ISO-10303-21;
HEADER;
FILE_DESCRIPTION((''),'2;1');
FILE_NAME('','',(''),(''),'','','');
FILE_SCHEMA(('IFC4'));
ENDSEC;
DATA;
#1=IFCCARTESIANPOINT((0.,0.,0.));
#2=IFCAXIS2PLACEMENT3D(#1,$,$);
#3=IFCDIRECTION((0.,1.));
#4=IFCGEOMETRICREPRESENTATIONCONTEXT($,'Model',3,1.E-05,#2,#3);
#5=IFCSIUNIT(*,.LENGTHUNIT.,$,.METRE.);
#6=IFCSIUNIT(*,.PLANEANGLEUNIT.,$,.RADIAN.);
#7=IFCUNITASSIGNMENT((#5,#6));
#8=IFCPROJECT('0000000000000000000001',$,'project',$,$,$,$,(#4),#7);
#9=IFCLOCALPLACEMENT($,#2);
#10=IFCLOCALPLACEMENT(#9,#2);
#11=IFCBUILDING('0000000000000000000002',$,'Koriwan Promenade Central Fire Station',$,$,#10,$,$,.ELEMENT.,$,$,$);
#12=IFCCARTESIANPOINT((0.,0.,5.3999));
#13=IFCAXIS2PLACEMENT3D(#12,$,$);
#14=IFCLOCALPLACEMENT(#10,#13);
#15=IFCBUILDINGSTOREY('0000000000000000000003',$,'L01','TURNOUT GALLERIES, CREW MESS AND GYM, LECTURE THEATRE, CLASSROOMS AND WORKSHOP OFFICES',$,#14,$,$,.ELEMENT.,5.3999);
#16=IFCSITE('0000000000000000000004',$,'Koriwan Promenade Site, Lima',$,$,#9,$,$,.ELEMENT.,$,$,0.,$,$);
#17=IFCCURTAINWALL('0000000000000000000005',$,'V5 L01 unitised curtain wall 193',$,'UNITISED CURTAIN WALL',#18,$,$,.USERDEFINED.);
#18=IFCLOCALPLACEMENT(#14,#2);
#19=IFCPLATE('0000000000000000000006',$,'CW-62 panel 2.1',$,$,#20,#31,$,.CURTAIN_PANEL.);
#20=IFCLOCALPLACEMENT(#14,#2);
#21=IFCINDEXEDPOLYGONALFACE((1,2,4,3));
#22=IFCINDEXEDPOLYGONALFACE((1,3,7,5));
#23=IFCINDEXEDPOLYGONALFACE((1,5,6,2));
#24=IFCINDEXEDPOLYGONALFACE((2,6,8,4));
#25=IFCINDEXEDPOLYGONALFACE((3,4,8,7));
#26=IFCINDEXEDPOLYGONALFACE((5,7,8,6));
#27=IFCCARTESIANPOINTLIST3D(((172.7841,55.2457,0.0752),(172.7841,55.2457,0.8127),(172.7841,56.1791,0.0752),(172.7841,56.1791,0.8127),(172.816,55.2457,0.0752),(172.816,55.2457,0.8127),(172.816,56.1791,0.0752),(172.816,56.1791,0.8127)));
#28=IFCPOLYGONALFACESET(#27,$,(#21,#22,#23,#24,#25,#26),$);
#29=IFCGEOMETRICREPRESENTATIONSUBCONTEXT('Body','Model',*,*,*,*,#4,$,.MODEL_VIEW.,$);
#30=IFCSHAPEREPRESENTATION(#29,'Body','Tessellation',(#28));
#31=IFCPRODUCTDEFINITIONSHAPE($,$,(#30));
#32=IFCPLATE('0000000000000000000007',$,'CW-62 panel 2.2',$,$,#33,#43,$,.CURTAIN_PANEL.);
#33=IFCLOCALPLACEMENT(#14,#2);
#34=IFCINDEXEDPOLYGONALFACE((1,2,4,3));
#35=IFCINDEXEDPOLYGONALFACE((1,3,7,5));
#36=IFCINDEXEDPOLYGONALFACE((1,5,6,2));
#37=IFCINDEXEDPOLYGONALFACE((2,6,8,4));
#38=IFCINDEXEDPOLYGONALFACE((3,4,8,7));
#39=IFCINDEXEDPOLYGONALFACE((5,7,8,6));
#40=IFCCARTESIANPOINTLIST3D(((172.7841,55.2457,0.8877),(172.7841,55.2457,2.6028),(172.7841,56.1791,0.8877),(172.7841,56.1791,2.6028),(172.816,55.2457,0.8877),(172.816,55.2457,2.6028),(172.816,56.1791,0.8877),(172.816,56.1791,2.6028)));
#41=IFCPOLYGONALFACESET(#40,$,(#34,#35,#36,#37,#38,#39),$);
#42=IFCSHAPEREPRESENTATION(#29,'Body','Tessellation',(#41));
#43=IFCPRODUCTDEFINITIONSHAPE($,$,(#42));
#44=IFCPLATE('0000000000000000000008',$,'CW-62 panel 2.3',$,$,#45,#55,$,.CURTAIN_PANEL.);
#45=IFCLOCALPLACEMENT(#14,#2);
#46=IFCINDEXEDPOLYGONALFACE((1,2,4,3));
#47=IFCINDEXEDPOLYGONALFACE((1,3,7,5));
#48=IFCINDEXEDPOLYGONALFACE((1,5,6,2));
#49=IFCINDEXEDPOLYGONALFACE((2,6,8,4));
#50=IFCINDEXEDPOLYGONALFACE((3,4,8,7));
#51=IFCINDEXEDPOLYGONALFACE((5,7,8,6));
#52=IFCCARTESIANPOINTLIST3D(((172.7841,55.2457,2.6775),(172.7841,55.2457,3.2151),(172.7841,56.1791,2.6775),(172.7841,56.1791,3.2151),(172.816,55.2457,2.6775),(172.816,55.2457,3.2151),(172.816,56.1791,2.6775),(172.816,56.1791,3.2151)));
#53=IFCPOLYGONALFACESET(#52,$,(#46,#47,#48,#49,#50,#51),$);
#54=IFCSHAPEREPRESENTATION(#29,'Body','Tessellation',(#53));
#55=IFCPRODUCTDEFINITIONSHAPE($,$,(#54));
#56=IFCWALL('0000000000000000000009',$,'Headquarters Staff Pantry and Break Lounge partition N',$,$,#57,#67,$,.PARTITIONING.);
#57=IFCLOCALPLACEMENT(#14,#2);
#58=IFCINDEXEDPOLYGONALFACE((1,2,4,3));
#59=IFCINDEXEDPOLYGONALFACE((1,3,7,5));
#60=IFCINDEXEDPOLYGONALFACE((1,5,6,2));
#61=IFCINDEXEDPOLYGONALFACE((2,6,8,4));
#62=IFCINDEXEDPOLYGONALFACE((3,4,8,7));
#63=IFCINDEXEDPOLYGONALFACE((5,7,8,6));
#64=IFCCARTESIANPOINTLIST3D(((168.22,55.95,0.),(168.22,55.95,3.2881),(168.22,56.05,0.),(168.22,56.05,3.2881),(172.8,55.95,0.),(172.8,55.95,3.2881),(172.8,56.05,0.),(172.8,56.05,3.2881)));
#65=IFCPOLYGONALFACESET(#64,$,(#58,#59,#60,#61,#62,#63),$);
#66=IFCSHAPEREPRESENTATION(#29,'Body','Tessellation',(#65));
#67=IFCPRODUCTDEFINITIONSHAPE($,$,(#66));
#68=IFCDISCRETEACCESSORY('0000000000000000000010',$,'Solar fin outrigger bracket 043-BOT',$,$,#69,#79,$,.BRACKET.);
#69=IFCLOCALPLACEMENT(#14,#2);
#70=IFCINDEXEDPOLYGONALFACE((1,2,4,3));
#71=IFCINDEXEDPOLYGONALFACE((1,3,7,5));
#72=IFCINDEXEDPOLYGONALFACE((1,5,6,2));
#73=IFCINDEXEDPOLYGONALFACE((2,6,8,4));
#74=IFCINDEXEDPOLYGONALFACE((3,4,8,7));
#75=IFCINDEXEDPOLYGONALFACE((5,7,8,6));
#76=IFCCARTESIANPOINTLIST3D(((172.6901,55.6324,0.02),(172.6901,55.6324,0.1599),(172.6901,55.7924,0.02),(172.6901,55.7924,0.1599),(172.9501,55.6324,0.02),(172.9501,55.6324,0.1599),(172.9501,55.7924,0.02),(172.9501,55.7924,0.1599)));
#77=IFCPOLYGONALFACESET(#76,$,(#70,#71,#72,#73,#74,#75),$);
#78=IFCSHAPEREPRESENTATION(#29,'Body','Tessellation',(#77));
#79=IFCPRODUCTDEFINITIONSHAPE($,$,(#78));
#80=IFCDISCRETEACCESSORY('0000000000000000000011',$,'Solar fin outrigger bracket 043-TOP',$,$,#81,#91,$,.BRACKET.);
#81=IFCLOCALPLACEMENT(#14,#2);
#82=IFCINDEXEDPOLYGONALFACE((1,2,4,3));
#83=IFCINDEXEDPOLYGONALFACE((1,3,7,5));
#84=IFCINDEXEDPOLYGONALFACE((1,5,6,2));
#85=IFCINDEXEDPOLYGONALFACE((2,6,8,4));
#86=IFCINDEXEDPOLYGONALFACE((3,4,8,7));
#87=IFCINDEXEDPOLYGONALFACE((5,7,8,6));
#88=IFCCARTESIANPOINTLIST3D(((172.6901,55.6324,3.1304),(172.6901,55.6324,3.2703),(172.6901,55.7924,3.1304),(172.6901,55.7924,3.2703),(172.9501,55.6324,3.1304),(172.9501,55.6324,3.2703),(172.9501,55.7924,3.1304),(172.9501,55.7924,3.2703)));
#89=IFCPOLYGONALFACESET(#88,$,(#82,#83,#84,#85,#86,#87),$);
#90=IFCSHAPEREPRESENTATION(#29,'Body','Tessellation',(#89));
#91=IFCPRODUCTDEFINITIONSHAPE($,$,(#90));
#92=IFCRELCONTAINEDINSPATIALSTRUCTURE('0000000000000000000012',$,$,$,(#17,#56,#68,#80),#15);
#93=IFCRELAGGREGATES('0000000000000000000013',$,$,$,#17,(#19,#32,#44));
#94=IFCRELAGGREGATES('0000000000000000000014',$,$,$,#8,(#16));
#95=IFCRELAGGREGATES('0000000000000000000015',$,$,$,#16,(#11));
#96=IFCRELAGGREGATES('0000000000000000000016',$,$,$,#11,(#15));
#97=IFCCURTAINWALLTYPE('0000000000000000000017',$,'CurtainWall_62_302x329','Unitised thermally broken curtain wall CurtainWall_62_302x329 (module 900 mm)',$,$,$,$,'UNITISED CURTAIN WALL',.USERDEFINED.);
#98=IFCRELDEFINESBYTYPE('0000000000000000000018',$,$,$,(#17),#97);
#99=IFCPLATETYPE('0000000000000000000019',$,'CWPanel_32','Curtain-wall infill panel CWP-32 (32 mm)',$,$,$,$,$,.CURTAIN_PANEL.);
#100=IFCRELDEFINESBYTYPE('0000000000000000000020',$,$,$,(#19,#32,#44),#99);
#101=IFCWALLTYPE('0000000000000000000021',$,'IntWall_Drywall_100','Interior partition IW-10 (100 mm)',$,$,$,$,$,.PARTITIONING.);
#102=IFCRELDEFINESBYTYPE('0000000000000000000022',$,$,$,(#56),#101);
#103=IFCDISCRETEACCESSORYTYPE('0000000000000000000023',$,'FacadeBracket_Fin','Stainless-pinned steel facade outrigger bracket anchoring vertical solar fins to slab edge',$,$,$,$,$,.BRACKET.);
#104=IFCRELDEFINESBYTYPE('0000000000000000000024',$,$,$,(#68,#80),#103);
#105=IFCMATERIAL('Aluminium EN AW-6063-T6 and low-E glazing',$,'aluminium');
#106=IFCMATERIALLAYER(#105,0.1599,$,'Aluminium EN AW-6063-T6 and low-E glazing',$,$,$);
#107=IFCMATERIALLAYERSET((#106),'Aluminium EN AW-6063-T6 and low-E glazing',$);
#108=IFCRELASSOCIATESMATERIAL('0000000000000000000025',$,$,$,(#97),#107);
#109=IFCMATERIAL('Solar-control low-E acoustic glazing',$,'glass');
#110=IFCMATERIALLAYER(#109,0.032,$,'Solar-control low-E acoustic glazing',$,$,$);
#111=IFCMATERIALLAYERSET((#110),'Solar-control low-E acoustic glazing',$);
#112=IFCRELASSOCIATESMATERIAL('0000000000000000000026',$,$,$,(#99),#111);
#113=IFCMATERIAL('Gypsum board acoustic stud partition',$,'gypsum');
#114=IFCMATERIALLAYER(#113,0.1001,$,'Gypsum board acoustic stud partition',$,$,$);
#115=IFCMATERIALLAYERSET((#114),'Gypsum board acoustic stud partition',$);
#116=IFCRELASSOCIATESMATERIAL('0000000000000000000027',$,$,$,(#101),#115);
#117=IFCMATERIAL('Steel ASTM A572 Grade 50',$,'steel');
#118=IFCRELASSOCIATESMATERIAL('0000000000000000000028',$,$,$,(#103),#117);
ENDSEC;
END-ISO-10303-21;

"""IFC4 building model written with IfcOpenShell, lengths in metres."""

from ifc_helpers import new_model, si_unit, direction, frame, frame_2d, origin, origin_2d, place, context, subcontext, project, spatial, rectangle, extrude, material, layer, layer_set, type_object, element, aggregate, save


model = new_model("IFC4")

# Units and contexts
model_context = context("Model", 3, precision=1e-05, world=origin(), true_north=direction((0.0, 1.0)))
body_context = subcontext(model_context, "Body", "Model", "MODEL_VIEW")
ifc_project = project(units=[si_unit("LENGTHUNIT", "METRE"), si_unit("PLANEANGLEUNIT", "RADIAN")], contexts=[model_context])

# Site, building, storey
site_placement = place(None, origin())
site = spatial("IfcSite", under=ifc_project, at=site_placement, Name="Koriwan Promenade Site, Lima", CompositionType="ELEMENT", RefElevation=0.0)
building_placement = place(site_placement, origin())
building = spatial("IfcBuilding", under=site, at=building_placement, Name="Koriwan Promenade Central Fire Station", CompositionType="ELEMENT")
storey_placement = place(building_placement, frame((0.0, 0.0, 5.3999)))
storey = spatial("IfcBuildingStorey", under=building, at=storey_placement, Name="L01", Description="TURNOUT GALLERIES, CREW MESS AND GYM, LECTURE THEATRE, CLASSROOMS AND WORKSHOP OFFICES", CompositionType="ELEMENT", Elevation=5.3999)

# Shared definitions
ifc_material_1 = material(Name="Aluminium EN AW-6063-T6 and low-E glazing", Category="aluminium")

# Curtain wall
ifc_layer_1 = layer(ifc_material_1, 0.1599, Name="Aluminium EN AW-6063-T6 and low-E glazing")
ifc_layer_set_1 = layer_set([ifc_layer_1], Name="Aluminium EN AW-6063-T6 and low-E glazing")
curtain_wall_type_1 = type_object("IfcCurtainWallType", Name="CurtainWall_62_302x329", Description="Unitised thermally broken curtain wall CurtainWall_62_302x329 (module 900 mm)", ElementType="UNITISED CURTAIN WALL", PredefinedType="USERDEFINED", material=ifc_layer_set_1)
curtain_wall_1_placement = place(storey_placement, origin())
curtain_wall_1 = element("IfcCurtainWall", 1, at=curtain_wall_1_placement, inside=storey, type_object=curtain_wall_type_1, Name="V5 L01 unitised curtain wall 193", ObjectType="UNITISED CURTAIN WALL", PredefinedType="USERDEFINED")

# Plates
ifc_material_2 = material(Name="Solar-control low-E acoustic glazing", Category="glass")
ifc_layer_2 = layer(ifc_material_2, 0.032, Name="Solar-control low-E acoustic glazing")
ifc_layer_set_2 = layer_set([ifc_layer_2], Name="Solar-control low-E acoustic glazing")
plate_type = type_object("IfcPlateType", Name="CWPanel_32", Description="Curtain-wall infill panel CWP-32 (32 mm)", PredefinedType="CURTAIN_PANEL", material=ifc_layer_set_2)
plate_1_placement = place(storey_placement, frame((172.8, 55.7124, 0.0752), z_axis=(0.0, 0.0, 1.0), x_axis=(0.0, -1.0, 0.0)))
plate_1 = element("IfcPlate", 2, at=plate_1_placement, type_object=plate_type, Name="CW-62 panel 2.1", PredefinedType="CURTAIN_PANEL", context=body_context, shape_type="SweptSolid", body=[
    extrude(rectangle(XDim=0.9333, YDim=0.032, at=origin_2d()), origin(), (0.0, 0.0, 1.0), 0.7375),
])
plate_2_placement = place(storey_placement, frame((172.8, 55.7124, 0.8877), z_axis=(0.0, 0.0, 1.0), x_axis=(0.0, -1.0, 0.0)))
plate_2 = element("IfcPlate", 3, at=plate_2_placement, type_object=plate_type, Name="CW-62 panel 2.2", PredefinedType="CURTAIN_PANEL", context=body_context, shape_type="SweptSolid", body=[
    extrude(rectangle(XDim=0.9333, YDim=0.032, at=origin_2d()), origin(), (0.0, 0.0, 1.0), 1.7151),
])
plate_3_placement = place(storey_placement, frame((172.8, 55.7124, 2.6775), z_axis=(0.0, 0.0, 1.0), x_axis=(0.0, -1.0, 0.0)))
plate_3 = element("IfcPlate", 4, at=plate_3_placement, type_object=plate_type, Name="CW-62 panel 2.3", PredefinedType="CURTAIN_PANEL", context=body_context, shape_type="SweptSolid", body=[
    extrude(rectangle(XDim=0.9333, YDim=0.032, at=origin_2d()), origin(), (0.0, 0.0, 1.0), 0.5376),
])
aggregate(curtain_wall_1, [plate_1, plate_2, plate_3])

# Wall
ifc_material_3 = material(Name="Gypsum board acoustic stud partition", Category="gypsum")
ifc_layer_3 = layer(ifc_material_3, 0.1001, Name="Gypsum board acoustic stud partition")
ifc_layer_set_3 = layer_set([ifc_layer_3], Name="Gypsum board acoustic stud partition")
wall_type = type_object("IfcWallType", Name="IntWall_Drywall_100", Description="Interior partition IW-10 (100 mm)", PredefinedType="PARTITIONING", material=ifc_layer_set_3)
wall_placement = place(storey_placement, frame((168.22, 56.0, 0.0), z_axis=(0.0, 0.0, 1.0), x_axis=(1.0, 0.0, 0.0)))
element("IfcWall", 5, at=wall_placement, inside=storey, type_object=wall_type, Name="Headquarters Staff Pantry and Break Lounge partition N", PredefinedType="PARTITIONING", context=body_context, shape_type="SweptSolid", body=[
    extrude(rectangle(XDim=4.5801, YDim=0.1001, at=frame_2d((2.29, 0.0))), origin(), (0.0, 0.0, 1.0), 3.2881),
])

# Discrete accessories
ifc_material_4 = material(Name="Steel ASTM A572 Grade 50", Category="steel")
discrete_accessory_type = type_object("IfcDiscreteAccessoryType", Name="FacadeBracket_Fin", Description="Stainless-pinned steel facade outrigger bracket anchoring vertical solar fins to slab edge", PredefinedType="BRACKET", material=ifc_material_4)
for number, where, z_axis, x_axis, name in (
    (6, (172.8201, 55.7124, 0.02), (0.0, 0.0, 1.0), (1.0, 0.0, 0.0), "Solar fin outrigger bracket 043-BOT"),
    (7, (172.8201, 55.7124, 3.1304), (0.0, 0.0, 1.0), (1.0, 0.0, 0.0), "Solar fin outrigger bracket 043-TOP"),
):
    element("IfcDiscreteAccessory", number, at=place(storey_placement, frame(where, z_axis=z_axis, x_axis=x_axis)), inside=storey, type_object=discrete_accessory_type, Name=name, PredefinedType="BRACKET", context=body_context, shape_type="SweptSolid", body=[
        extrude(rectangle(XDim=0.26, YDim=0.1599, at=origin_2d()), origin(), (0.0, 0.0, 1.0), 0.1399),
    ])

save(model, "model.ifc")
